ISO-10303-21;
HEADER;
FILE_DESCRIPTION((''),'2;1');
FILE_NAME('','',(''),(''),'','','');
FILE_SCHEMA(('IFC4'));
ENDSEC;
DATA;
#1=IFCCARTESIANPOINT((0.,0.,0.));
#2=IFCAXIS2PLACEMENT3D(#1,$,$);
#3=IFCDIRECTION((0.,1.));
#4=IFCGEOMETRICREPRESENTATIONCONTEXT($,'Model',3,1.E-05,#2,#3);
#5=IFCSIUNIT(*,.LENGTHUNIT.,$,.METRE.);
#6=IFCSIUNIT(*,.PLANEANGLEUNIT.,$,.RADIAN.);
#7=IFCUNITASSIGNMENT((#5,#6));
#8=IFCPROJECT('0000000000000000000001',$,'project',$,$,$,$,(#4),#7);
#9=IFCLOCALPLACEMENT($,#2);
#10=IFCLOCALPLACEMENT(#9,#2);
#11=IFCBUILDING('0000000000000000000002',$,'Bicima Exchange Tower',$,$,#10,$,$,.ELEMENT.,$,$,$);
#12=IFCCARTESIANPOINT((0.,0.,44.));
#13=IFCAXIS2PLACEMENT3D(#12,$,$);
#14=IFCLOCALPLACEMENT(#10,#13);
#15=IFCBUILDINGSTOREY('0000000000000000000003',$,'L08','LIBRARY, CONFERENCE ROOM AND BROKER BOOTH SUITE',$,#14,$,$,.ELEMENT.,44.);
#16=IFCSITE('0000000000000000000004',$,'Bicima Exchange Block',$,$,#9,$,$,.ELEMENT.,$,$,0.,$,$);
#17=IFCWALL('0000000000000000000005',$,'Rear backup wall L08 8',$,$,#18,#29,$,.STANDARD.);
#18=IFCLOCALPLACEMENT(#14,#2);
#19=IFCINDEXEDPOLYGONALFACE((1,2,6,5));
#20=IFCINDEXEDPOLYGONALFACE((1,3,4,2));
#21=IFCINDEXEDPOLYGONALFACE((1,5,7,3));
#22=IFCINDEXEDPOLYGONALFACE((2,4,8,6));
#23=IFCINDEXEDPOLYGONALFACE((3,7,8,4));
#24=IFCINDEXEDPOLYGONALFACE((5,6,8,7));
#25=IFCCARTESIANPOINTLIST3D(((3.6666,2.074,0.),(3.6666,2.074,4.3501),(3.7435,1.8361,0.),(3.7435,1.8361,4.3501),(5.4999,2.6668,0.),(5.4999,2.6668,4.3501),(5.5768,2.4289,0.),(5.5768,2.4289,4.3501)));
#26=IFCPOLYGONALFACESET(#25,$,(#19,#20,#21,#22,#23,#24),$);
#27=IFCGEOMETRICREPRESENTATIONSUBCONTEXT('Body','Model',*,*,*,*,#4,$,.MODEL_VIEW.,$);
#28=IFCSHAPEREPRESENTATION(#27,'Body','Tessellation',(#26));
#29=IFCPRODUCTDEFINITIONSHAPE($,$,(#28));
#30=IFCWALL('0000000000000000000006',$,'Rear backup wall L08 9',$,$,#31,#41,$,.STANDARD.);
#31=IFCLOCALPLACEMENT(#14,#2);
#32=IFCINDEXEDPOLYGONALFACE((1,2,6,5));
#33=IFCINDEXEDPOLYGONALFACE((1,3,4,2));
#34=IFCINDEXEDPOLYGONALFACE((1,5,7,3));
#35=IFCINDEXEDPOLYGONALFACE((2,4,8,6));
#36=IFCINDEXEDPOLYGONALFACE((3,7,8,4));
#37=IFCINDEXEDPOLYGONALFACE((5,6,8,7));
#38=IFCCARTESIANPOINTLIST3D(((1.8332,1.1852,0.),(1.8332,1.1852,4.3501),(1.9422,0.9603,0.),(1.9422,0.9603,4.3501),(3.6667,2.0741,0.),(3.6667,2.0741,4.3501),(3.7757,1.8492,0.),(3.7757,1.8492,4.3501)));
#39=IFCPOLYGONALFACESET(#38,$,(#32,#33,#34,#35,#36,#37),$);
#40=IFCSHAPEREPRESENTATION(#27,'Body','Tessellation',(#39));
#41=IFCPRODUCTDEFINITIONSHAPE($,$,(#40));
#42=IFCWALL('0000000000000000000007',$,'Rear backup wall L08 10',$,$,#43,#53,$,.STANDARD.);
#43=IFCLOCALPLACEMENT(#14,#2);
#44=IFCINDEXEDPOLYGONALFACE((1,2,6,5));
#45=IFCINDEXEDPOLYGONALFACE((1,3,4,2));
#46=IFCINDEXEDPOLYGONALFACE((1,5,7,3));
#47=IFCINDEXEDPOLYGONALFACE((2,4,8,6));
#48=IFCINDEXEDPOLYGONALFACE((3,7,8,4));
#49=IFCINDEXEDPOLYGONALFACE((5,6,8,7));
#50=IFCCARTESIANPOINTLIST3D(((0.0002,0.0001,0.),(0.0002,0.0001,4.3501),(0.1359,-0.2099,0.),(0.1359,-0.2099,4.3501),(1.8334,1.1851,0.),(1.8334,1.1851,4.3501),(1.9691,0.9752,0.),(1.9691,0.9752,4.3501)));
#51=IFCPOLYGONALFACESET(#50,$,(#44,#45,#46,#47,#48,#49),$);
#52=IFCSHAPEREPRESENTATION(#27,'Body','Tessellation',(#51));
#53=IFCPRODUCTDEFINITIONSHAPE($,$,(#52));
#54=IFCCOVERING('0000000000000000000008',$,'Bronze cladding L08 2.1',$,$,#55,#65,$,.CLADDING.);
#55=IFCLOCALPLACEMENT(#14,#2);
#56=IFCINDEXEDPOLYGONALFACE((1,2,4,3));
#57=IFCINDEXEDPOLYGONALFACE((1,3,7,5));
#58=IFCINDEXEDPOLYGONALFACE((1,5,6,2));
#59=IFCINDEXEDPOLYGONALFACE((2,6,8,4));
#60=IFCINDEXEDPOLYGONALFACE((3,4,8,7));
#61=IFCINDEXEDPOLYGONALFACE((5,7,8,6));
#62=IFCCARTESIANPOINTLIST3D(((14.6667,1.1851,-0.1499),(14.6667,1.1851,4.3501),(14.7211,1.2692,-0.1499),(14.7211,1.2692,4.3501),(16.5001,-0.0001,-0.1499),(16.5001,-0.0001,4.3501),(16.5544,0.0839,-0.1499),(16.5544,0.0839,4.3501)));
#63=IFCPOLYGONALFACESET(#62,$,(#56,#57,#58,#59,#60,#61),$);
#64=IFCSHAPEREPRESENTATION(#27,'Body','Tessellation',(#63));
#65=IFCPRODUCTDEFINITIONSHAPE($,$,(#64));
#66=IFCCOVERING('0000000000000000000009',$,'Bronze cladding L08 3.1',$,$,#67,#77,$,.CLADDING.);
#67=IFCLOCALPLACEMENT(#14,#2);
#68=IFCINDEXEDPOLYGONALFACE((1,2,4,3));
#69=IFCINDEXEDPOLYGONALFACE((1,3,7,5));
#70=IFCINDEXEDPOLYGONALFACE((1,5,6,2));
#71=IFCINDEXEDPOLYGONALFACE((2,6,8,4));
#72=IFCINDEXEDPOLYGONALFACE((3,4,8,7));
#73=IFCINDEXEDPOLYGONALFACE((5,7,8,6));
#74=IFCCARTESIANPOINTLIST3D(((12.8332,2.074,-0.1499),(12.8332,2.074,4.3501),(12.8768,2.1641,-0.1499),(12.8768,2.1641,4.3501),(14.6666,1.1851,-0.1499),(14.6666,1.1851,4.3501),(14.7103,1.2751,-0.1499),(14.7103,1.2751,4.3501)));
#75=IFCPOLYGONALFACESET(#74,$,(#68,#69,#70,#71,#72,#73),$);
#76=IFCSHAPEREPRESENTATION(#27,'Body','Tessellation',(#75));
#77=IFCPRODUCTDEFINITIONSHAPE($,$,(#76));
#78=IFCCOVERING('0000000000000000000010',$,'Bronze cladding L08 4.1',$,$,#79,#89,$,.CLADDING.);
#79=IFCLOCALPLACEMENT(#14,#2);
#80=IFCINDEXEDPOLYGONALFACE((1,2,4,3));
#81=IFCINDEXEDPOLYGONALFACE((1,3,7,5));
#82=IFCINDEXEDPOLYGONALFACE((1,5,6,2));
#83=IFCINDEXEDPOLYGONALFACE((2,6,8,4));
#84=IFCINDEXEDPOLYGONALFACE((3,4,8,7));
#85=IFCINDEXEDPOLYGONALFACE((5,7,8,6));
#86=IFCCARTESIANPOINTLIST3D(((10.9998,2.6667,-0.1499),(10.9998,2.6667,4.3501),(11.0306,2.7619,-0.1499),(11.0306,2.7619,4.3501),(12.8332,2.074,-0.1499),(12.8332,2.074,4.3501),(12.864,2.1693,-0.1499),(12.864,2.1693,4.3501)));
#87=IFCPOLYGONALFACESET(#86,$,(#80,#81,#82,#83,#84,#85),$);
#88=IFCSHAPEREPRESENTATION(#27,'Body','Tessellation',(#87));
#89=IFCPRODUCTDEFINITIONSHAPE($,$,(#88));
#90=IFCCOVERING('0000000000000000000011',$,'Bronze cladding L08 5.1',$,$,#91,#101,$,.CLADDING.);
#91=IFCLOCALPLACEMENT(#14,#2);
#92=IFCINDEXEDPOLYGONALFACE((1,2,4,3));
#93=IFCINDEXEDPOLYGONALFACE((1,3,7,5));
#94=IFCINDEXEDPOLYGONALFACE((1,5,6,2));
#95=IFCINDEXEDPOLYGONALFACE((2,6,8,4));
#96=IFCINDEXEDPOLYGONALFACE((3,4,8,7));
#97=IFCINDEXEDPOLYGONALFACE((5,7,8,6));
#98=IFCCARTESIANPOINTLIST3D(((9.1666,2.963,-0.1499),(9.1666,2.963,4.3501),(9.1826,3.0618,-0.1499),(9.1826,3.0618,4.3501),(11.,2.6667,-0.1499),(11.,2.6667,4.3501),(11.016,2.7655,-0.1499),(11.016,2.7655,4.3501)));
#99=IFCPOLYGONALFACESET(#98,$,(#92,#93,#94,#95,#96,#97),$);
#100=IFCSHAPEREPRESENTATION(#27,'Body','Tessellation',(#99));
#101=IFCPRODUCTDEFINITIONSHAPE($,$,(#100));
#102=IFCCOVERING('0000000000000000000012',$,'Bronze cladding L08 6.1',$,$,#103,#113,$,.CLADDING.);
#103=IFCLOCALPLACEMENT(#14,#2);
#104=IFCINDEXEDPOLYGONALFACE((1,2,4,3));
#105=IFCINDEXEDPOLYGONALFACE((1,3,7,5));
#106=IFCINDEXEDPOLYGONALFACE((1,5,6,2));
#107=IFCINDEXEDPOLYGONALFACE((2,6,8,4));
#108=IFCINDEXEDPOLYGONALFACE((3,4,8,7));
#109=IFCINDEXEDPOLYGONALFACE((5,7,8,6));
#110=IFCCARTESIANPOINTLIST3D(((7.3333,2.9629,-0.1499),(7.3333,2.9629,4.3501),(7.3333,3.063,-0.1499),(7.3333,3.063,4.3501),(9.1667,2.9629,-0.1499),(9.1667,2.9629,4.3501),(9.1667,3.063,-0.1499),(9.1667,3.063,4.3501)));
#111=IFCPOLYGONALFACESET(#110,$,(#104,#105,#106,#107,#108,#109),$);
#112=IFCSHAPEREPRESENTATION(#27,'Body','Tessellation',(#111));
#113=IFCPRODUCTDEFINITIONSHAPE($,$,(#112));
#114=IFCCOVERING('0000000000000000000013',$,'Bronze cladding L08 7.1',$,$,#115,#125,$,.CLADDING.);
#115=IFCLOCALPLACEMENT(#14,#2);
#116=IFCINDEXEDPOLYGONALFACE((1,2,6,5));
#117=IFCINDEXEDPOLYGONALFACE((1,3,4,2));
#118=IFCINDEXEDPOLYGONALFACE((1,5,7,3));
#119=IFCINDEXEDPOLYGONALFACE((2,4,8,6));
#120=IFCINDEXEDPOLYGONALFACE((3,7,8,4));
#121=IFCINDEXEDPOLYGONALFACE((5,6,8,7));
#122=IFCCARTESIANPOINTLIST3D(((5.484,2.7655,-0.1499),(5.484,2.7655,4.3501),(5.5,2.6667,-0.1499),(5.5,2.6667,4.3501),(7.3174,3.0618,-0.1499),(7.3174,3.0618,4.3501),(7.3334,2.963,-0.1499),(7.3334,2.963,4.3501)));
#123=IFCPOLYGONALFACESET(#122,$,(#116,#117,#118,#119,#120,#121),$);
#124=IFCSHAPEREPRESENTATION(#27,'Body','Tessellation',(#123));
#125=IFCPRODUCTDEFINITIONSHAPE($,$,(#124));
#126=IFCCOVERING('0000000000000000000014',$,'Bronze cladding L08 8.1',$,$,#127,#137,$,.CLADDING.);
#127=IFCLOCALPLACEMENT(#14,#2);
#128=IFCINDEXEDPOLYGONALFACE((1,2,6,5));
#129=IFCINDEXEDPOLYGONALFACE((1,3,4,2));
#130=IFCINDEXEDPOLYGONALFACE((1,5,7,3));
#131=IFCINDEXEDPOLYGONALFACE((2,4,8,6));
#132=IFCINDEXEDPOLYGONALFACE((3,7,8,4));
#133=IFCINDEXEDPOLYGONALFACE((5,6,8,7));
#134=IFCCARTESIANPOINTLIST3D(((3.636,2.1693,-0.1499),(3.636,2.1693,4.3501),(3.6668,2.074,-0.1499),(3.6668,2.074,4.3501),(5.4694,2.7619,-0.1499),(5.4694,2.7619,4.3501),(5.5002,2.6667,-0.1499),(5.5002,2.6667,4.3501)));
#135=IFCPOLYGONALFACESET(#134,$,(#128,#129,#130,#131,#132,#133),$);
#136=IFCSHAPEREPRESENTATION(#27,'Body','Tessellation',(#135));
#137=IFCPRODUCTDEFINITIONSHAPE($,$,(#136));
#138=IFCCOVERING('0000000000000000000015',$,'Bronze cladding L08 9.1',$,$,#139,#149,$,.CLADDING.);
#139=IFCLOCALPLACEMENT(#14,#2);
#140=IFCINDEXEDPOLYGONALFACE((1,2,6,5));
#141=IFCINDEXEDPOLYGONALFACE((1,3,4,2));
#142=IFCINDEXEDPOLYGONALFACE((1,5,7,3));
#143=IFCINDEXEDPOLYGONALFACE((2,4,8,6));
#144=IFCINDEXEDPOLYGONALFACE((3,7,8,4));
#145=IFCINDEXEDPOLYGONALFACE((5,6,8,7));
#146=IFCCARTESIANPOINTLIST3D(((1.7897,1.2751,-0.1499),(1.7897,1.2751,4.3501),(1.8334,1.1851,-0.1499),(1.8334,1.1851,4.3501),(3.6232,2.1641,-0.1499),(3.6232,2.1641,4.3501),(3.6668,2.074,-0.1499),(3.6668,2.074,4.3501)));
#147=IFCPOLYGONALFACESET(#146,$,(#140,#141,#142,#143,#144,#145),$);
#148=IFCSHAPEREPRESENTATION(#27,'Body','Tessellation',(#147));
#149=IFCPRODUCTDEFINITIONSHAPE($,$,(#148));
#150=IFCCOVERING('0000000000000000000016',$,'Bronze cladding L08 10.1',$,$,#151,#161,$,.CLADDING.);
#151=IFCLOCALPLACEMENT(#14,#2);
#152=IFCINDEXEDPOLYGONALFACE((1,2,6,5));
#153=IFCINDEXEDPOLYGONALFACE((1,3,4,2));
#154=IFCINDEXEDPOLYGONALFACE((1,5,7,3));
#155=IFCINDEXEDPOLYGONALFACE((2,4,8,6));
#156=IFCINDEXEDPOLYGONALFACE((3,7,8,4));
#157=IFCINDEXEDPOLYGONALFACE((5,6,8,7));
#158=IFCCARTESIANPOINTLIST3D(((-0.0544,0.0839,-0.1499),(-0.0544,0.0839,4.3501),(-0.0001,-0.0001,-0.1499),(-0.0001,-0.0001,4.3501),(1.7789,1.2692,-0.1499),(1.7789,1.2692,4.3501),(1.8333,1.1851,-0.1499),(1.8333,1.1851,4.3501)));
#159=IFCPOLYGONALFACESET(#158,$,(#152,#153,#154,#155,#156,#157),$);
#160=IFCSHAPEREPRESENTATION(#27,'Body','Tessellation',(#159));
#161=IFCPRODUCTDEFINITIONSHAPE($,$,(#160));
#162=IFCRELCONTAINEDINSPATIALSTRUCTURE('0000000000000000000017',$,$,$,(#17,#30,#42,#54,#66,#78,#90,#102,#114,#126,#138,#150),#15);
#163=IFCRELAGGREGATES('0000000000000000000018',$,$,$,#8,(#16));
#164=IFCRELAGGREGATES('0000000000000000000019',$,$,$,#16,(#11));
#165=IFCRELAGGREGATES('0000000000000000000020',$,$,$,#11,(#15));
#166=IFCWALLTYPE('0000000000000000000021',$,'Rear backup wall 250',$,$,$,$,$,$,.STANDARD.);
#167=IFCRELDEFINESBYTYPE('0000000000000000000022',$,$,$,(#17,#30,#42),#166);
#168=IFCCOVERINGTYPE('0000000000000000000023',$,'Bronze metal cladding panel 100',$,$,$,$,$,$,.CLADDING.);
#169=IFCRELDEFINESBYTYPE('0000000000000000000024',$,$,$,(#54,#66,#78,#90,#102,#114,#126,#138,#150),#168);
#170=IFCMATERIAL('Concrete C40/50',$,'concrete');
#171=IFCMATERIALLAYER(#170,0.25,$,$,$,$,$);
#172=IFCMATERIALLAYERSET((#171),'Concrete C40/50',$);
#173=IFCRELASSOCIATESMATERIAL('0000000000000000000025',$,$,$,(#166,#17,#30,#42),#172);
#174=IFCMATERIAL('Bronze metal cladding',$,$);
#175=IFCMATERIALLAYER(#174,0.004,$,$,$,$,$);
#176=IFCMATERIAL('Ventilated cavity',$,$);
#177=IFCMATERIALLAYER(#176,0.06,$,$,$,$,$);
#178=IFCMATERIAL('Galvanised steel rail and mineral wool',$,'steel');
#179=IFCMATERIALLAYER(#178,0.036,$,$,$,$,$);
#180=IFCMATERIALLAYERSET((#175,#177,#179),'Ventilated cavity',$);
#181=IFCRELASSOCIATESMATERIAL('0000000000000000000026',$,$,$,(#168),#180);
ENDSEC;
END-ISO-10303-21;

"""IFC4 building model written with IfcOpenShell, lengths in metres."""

from ifc_helpers import new_model, si_unit, direction, frame, frame_2d, origin, origin_2d, place, context, subcontext, project, spatial, rectangle, extrude, material, layer, layer_set, layer_usage, type_object, element, save


model = new_model("IFC4")

# Units and contexts
model_context = context("Model", 3, precision=1e-05, world=origin(), true_north=direction((0.0, 1.0)))
body_context = subcontext(model_context, "Body", "Model", "MODEL_VIEW")
ifc_project = project(units=[si_unit("LENGTHUNIT", "METRE"), si_unit("PLANEANGLEUNIT", "RADIAN")], contexts=[model_context])

# Site, building, storey
site_placement = place(None, origin())
site = spatial("IfcSite", under=ifc_project, at=site_placement, Name="Bicima Exchange Block", CompositionType="ELEMENT", RefElevation=0.0)
building_placement = place(site_placement, origin())
building = spatial("IfcBuilding", under=site, at=building_placement, Name="Bicima Exchange Tower", CompositionType="ELEMENT")
storey_placement = place(building_placement, frame((0.0, 0.0, 44.0)))
storey = spatial("IfcBuildingStorey", under=building, at=storey_placement, Name="L08", Description="LIBRARY, CONFERENCE ROOM AND BROKER BOOTH SUITE", CompositionType="ELEMENT", Elevation=44.0)

# Walls
ifc_material_1 = material(Name="Concrete C40/50", Category="concrete")
ifc_layer_1 = layer(ifc_material_1, 0.25)
ifc_layer_set_1 = layer_set([ifc_layer_1], Name="Concrete C40/50")
ifc_layer_usage = layer_usage(ifc_layer_set_1, "AXIS2", "POSITIVE", -0.125)
wall_type = type_object("IfcWallType", Name="Rear backup wall 250", PredefinedType="STANDARD", material=ifc_layer_set_1)
wall_1_placement = place(storey_placement, frame((5.5383, 2.5479, 0.0), z_axis=(0.0, 0.0, 1.0), x_axis=(-0.951496, -0.307662, 0.0)))
element("IfcWall", 1, at=wall_1_placement, inside=storey, type_object=wall_type, material=ifc_layer_usage, Name="Rear backup wall L08 8", PredefinedType="STANDARD", context=body_context, shape_type="SweptSolid", body=[
    extrude(rectangle(XDim=1.9268, YDim=0.25, at=frame_2d((0.9634, 0.0))), origin(), (0.0, 0.0, 1.0), 4.3501),
])
wall_2_placement = place(storey_placement, frame((3.7212, 1.9617, 0.0), z_axis=(0.0, 0.0, 1.0), x_axis=(-0.899824, -0.436253, 0.0)))
element("IfcWall", 2, at=wall_2_placement, inside=storey, type_object=wall_type, material=ifc_layer_usage, Name="Rear backup wall L08 9", PredefinedType="STANDARD", context=body_context, shape_type="SweptSolid", body=[
    extrude(rectangle(XDim=2.0376, YDim=0.25, at=frame_2d((1.0188, 0.0))), origin(), (0.0, 0.0, 1.0), 4.3501),
])
wall_3_placement = place(storey_placement, frame((1.9011, 1.0801, 0.0), z_axis=(0.0, 0.0, 1.0), x_axis=(-0.839813, -0.542876, 0.0)))
element("IfcWall", 3, at=wall_3_placement, inside=storey, type_object=wall_type, material=ifc_layer_usage, Name="Rear backup wall L08 10", PredefinedType="STANDARD", context=body_context, shape_type="SweptSolid", body=[
    extrude(rectangle(XDim=2.1829, YDim=0.25, at=frame_2d((1.0913, 0.0))), origin(), (0.0, 0.0, 1.0), 4.3501),
])

# Coverings
ifc_material_2 = material(Name="Bronze metal cladding")
ifc_layer_2 = layer(ifc_material_2, 0.004)
ifc_material_3 = material(Name="Ventilated cavity")
ifc_layer_3 = layer(ifc_material_3, 0.06)
ifc_material_4 = material(Name="Galvanised steel rail and mineral wool", Category="steel")
ifc_layer_4 = layer(ifc_material_4, 0.036)
ifc_layer_set_2 = layer_set([ifc_layer_2, ifc_layer_3, ifc_layer_4], Name="Ventilated cavity")
covering_type = type_object("IfcCoveringType", Name="Bronze metal cladding panel 100", PredefinedType="CLADDING", material=ifc_layer_set_2)
covering_1_placement = place(storey_placement, frame((15.6106, 0.6345, -0.1499), z_axis=(0.0, 0.0, 1.0), x_axis=(-0.83979, 0.542911, 0.0)))
element("IfcCovering", 4, at=covering_1_placement, inside=storey, type_object=covering_type, Name="Bronze cladding L08 2.1", PredefinedType="CLADDING", context=body_context, shape_type="SweptSolid", body=[
    extrude(rectangle(XDim=2.1831, YDim=0.1001, at=origin_2d()), origin(), (0.0, 0.0, 1.0), 4.5),
])
covering_2_placement = place(storey_placement, frame((13.7717, 1.6746, -0.1499), z_axis=(0.0, 0.0, 1.0), x_axis=(-0.899818, 0.436265, 0.0)))
element("IfcCovering", 5, at=covering_2_placement, inside=storey, type_object=covering_type, Name="Bronze cladding L08 3.1", PredefinedType="CLADDING", context=body_context, shape_type="SweptSolid", body=[
    extrude(rectangle(XDim=2.0376, YDim=0.1001, at=origin_2d()), origin(), (0.0, 0.0, 1.0), 4.5),
])
covering_3_placement = place(storey_placement, frame((11.9319, 2.418, -0.1499), z_axis=(0.0, 0.0, 1.0), x_axis=(-0.951525, 0.307573, 0.0)))
element("IfcCovering", 6, at=covering_3_placement, inside=storey, type_object=covering_type, Name="Bronze cladding L08 4.1", PredefinedType="CLADDING", context=body_context, shape_type="SweptSolid", body=[
    extrude(rectangle(XDim=1.9268, YDim=0.1001, at=origin_2d()), origin(), (0.0, 0.0, 1.0), 4.5),
])
covering_4_placement = place(storey_placement, frame((10.0913, 2.8643, -0.1499), z_axis=(0.0, 0.0, 1.0), x_axis=(-0.98719, 0.15955, 0.0)))
element("IfcCovering", 7, at=covering_4_placement, inside=storey, type_object=covering_type, Name="Bronze cladding L08 5.1", PredefinedType="CLADDING", context=body_context, shape_type="SweptSolid", body=[
    extrude(rectangle(XDim=1.8572, YDim=0.1001, at=origin_2d()), origin(), (0.0, 0.0, 1.0), 4.5),
])
covering_5_placement = place(storey_placement, frame((8.25, 3.0129, -0.1499), z_axis=(0.0, 0.0, 1.0), x_axis=(-1.0, 0.0, 0.0)))
element("IfcCovering", 8, at=covering_5_placement, inside=storey, type_object=covering_type, Name="Bronze cladding L08 6.1", PredefinedType="CLADDING", context=body_context, shape_type="SweptSolid", body=[
    extrude(rectangle(XDim=1.8335, YDim=0.1001, at=origin_2d()), origin(), (0.0, 0.0, 1.0), 4.5),
])
covering_6_placement = place(storey_placement, frame((6.4087, 2.8643, -0.1499), z_axis=(0.0, 0.0, 1.0), x_axis=(-0.98719, -0.15955, 0.0)))
element("IfcCovering", 9, at=covering_6_placement, inside=storey, type_object=covering_type, Name="Bronze cladding L08 7.1", PredefinedType="CLADDING", context=body_context, shape_type="SweptSolid", body=[
    extrude(rectangle(XDim=1.8572, YDim=0.1001, at=origin_2d()), origin(), (0.0, 0.0, 1.0), 4.5),
])
covering_7_placement = place(storey_placement, frame((4.5681, 2.418, -0.1499), z_axis=(0.0, 0.0, 1.0), x_axis=(-0.951525, -0.307573, 0.0)))
element("IfcCovering", 10, at=covering_7_placement, inside=storey, type_object=covering_type, Name="Bronze cladding L08 8.1", PredefinedType="CLADDING", context=body_context, shape_type="SweptSolid", body=[
    extrude(rectangle(XDim=1.9268, YDim=0.1001, at=origin_2d()), origin(), (0.0, 0.0, 1.0), 4.5),
])
covering_8_placement = place(storey_placement, frame((2.7283, 1.6746, -0.1499), z_axis=(0.0, 0.0, 1.0), x_axis=(-0.899818, -0.436265, 0.0)))
element("IfcCovering", 11, at=covering_8_placement, inside=storey, type_object=covering_type, Name="Bronze cladding L08 9.1", PredefinedType="CLADDING", context=body_context, shape_type="SweptSolid", body=[
    extrude(rectangle(XDim=2.0376, YDim=0.1001, at=origin_2d()), origin(), (0.0, 0.0, 1.0), 4.5),
])
covering_9_placement = place(storey_placement, frame((0.8894, 0.6345, -0.1499), z_axis=(0.0, 0.0, 1.0), x_axis=(-0.83979, -0.542911, 0.0)))
element("IfcCovering", 12, at=covering_9_placement, inside=storey, type_object=covering_type, Name="Bronze cladding L08 10.1", PredefinedType="CLADDING", context=body_context, shape_type="SweptSolid", body=[
    extrude(rectangle(XDim=2.1831, YDim=0.1001, at=origin_2d()), origin(), (0.0, 0.0, 1.0), 4.5),
])

save(model, "model.ifc")
